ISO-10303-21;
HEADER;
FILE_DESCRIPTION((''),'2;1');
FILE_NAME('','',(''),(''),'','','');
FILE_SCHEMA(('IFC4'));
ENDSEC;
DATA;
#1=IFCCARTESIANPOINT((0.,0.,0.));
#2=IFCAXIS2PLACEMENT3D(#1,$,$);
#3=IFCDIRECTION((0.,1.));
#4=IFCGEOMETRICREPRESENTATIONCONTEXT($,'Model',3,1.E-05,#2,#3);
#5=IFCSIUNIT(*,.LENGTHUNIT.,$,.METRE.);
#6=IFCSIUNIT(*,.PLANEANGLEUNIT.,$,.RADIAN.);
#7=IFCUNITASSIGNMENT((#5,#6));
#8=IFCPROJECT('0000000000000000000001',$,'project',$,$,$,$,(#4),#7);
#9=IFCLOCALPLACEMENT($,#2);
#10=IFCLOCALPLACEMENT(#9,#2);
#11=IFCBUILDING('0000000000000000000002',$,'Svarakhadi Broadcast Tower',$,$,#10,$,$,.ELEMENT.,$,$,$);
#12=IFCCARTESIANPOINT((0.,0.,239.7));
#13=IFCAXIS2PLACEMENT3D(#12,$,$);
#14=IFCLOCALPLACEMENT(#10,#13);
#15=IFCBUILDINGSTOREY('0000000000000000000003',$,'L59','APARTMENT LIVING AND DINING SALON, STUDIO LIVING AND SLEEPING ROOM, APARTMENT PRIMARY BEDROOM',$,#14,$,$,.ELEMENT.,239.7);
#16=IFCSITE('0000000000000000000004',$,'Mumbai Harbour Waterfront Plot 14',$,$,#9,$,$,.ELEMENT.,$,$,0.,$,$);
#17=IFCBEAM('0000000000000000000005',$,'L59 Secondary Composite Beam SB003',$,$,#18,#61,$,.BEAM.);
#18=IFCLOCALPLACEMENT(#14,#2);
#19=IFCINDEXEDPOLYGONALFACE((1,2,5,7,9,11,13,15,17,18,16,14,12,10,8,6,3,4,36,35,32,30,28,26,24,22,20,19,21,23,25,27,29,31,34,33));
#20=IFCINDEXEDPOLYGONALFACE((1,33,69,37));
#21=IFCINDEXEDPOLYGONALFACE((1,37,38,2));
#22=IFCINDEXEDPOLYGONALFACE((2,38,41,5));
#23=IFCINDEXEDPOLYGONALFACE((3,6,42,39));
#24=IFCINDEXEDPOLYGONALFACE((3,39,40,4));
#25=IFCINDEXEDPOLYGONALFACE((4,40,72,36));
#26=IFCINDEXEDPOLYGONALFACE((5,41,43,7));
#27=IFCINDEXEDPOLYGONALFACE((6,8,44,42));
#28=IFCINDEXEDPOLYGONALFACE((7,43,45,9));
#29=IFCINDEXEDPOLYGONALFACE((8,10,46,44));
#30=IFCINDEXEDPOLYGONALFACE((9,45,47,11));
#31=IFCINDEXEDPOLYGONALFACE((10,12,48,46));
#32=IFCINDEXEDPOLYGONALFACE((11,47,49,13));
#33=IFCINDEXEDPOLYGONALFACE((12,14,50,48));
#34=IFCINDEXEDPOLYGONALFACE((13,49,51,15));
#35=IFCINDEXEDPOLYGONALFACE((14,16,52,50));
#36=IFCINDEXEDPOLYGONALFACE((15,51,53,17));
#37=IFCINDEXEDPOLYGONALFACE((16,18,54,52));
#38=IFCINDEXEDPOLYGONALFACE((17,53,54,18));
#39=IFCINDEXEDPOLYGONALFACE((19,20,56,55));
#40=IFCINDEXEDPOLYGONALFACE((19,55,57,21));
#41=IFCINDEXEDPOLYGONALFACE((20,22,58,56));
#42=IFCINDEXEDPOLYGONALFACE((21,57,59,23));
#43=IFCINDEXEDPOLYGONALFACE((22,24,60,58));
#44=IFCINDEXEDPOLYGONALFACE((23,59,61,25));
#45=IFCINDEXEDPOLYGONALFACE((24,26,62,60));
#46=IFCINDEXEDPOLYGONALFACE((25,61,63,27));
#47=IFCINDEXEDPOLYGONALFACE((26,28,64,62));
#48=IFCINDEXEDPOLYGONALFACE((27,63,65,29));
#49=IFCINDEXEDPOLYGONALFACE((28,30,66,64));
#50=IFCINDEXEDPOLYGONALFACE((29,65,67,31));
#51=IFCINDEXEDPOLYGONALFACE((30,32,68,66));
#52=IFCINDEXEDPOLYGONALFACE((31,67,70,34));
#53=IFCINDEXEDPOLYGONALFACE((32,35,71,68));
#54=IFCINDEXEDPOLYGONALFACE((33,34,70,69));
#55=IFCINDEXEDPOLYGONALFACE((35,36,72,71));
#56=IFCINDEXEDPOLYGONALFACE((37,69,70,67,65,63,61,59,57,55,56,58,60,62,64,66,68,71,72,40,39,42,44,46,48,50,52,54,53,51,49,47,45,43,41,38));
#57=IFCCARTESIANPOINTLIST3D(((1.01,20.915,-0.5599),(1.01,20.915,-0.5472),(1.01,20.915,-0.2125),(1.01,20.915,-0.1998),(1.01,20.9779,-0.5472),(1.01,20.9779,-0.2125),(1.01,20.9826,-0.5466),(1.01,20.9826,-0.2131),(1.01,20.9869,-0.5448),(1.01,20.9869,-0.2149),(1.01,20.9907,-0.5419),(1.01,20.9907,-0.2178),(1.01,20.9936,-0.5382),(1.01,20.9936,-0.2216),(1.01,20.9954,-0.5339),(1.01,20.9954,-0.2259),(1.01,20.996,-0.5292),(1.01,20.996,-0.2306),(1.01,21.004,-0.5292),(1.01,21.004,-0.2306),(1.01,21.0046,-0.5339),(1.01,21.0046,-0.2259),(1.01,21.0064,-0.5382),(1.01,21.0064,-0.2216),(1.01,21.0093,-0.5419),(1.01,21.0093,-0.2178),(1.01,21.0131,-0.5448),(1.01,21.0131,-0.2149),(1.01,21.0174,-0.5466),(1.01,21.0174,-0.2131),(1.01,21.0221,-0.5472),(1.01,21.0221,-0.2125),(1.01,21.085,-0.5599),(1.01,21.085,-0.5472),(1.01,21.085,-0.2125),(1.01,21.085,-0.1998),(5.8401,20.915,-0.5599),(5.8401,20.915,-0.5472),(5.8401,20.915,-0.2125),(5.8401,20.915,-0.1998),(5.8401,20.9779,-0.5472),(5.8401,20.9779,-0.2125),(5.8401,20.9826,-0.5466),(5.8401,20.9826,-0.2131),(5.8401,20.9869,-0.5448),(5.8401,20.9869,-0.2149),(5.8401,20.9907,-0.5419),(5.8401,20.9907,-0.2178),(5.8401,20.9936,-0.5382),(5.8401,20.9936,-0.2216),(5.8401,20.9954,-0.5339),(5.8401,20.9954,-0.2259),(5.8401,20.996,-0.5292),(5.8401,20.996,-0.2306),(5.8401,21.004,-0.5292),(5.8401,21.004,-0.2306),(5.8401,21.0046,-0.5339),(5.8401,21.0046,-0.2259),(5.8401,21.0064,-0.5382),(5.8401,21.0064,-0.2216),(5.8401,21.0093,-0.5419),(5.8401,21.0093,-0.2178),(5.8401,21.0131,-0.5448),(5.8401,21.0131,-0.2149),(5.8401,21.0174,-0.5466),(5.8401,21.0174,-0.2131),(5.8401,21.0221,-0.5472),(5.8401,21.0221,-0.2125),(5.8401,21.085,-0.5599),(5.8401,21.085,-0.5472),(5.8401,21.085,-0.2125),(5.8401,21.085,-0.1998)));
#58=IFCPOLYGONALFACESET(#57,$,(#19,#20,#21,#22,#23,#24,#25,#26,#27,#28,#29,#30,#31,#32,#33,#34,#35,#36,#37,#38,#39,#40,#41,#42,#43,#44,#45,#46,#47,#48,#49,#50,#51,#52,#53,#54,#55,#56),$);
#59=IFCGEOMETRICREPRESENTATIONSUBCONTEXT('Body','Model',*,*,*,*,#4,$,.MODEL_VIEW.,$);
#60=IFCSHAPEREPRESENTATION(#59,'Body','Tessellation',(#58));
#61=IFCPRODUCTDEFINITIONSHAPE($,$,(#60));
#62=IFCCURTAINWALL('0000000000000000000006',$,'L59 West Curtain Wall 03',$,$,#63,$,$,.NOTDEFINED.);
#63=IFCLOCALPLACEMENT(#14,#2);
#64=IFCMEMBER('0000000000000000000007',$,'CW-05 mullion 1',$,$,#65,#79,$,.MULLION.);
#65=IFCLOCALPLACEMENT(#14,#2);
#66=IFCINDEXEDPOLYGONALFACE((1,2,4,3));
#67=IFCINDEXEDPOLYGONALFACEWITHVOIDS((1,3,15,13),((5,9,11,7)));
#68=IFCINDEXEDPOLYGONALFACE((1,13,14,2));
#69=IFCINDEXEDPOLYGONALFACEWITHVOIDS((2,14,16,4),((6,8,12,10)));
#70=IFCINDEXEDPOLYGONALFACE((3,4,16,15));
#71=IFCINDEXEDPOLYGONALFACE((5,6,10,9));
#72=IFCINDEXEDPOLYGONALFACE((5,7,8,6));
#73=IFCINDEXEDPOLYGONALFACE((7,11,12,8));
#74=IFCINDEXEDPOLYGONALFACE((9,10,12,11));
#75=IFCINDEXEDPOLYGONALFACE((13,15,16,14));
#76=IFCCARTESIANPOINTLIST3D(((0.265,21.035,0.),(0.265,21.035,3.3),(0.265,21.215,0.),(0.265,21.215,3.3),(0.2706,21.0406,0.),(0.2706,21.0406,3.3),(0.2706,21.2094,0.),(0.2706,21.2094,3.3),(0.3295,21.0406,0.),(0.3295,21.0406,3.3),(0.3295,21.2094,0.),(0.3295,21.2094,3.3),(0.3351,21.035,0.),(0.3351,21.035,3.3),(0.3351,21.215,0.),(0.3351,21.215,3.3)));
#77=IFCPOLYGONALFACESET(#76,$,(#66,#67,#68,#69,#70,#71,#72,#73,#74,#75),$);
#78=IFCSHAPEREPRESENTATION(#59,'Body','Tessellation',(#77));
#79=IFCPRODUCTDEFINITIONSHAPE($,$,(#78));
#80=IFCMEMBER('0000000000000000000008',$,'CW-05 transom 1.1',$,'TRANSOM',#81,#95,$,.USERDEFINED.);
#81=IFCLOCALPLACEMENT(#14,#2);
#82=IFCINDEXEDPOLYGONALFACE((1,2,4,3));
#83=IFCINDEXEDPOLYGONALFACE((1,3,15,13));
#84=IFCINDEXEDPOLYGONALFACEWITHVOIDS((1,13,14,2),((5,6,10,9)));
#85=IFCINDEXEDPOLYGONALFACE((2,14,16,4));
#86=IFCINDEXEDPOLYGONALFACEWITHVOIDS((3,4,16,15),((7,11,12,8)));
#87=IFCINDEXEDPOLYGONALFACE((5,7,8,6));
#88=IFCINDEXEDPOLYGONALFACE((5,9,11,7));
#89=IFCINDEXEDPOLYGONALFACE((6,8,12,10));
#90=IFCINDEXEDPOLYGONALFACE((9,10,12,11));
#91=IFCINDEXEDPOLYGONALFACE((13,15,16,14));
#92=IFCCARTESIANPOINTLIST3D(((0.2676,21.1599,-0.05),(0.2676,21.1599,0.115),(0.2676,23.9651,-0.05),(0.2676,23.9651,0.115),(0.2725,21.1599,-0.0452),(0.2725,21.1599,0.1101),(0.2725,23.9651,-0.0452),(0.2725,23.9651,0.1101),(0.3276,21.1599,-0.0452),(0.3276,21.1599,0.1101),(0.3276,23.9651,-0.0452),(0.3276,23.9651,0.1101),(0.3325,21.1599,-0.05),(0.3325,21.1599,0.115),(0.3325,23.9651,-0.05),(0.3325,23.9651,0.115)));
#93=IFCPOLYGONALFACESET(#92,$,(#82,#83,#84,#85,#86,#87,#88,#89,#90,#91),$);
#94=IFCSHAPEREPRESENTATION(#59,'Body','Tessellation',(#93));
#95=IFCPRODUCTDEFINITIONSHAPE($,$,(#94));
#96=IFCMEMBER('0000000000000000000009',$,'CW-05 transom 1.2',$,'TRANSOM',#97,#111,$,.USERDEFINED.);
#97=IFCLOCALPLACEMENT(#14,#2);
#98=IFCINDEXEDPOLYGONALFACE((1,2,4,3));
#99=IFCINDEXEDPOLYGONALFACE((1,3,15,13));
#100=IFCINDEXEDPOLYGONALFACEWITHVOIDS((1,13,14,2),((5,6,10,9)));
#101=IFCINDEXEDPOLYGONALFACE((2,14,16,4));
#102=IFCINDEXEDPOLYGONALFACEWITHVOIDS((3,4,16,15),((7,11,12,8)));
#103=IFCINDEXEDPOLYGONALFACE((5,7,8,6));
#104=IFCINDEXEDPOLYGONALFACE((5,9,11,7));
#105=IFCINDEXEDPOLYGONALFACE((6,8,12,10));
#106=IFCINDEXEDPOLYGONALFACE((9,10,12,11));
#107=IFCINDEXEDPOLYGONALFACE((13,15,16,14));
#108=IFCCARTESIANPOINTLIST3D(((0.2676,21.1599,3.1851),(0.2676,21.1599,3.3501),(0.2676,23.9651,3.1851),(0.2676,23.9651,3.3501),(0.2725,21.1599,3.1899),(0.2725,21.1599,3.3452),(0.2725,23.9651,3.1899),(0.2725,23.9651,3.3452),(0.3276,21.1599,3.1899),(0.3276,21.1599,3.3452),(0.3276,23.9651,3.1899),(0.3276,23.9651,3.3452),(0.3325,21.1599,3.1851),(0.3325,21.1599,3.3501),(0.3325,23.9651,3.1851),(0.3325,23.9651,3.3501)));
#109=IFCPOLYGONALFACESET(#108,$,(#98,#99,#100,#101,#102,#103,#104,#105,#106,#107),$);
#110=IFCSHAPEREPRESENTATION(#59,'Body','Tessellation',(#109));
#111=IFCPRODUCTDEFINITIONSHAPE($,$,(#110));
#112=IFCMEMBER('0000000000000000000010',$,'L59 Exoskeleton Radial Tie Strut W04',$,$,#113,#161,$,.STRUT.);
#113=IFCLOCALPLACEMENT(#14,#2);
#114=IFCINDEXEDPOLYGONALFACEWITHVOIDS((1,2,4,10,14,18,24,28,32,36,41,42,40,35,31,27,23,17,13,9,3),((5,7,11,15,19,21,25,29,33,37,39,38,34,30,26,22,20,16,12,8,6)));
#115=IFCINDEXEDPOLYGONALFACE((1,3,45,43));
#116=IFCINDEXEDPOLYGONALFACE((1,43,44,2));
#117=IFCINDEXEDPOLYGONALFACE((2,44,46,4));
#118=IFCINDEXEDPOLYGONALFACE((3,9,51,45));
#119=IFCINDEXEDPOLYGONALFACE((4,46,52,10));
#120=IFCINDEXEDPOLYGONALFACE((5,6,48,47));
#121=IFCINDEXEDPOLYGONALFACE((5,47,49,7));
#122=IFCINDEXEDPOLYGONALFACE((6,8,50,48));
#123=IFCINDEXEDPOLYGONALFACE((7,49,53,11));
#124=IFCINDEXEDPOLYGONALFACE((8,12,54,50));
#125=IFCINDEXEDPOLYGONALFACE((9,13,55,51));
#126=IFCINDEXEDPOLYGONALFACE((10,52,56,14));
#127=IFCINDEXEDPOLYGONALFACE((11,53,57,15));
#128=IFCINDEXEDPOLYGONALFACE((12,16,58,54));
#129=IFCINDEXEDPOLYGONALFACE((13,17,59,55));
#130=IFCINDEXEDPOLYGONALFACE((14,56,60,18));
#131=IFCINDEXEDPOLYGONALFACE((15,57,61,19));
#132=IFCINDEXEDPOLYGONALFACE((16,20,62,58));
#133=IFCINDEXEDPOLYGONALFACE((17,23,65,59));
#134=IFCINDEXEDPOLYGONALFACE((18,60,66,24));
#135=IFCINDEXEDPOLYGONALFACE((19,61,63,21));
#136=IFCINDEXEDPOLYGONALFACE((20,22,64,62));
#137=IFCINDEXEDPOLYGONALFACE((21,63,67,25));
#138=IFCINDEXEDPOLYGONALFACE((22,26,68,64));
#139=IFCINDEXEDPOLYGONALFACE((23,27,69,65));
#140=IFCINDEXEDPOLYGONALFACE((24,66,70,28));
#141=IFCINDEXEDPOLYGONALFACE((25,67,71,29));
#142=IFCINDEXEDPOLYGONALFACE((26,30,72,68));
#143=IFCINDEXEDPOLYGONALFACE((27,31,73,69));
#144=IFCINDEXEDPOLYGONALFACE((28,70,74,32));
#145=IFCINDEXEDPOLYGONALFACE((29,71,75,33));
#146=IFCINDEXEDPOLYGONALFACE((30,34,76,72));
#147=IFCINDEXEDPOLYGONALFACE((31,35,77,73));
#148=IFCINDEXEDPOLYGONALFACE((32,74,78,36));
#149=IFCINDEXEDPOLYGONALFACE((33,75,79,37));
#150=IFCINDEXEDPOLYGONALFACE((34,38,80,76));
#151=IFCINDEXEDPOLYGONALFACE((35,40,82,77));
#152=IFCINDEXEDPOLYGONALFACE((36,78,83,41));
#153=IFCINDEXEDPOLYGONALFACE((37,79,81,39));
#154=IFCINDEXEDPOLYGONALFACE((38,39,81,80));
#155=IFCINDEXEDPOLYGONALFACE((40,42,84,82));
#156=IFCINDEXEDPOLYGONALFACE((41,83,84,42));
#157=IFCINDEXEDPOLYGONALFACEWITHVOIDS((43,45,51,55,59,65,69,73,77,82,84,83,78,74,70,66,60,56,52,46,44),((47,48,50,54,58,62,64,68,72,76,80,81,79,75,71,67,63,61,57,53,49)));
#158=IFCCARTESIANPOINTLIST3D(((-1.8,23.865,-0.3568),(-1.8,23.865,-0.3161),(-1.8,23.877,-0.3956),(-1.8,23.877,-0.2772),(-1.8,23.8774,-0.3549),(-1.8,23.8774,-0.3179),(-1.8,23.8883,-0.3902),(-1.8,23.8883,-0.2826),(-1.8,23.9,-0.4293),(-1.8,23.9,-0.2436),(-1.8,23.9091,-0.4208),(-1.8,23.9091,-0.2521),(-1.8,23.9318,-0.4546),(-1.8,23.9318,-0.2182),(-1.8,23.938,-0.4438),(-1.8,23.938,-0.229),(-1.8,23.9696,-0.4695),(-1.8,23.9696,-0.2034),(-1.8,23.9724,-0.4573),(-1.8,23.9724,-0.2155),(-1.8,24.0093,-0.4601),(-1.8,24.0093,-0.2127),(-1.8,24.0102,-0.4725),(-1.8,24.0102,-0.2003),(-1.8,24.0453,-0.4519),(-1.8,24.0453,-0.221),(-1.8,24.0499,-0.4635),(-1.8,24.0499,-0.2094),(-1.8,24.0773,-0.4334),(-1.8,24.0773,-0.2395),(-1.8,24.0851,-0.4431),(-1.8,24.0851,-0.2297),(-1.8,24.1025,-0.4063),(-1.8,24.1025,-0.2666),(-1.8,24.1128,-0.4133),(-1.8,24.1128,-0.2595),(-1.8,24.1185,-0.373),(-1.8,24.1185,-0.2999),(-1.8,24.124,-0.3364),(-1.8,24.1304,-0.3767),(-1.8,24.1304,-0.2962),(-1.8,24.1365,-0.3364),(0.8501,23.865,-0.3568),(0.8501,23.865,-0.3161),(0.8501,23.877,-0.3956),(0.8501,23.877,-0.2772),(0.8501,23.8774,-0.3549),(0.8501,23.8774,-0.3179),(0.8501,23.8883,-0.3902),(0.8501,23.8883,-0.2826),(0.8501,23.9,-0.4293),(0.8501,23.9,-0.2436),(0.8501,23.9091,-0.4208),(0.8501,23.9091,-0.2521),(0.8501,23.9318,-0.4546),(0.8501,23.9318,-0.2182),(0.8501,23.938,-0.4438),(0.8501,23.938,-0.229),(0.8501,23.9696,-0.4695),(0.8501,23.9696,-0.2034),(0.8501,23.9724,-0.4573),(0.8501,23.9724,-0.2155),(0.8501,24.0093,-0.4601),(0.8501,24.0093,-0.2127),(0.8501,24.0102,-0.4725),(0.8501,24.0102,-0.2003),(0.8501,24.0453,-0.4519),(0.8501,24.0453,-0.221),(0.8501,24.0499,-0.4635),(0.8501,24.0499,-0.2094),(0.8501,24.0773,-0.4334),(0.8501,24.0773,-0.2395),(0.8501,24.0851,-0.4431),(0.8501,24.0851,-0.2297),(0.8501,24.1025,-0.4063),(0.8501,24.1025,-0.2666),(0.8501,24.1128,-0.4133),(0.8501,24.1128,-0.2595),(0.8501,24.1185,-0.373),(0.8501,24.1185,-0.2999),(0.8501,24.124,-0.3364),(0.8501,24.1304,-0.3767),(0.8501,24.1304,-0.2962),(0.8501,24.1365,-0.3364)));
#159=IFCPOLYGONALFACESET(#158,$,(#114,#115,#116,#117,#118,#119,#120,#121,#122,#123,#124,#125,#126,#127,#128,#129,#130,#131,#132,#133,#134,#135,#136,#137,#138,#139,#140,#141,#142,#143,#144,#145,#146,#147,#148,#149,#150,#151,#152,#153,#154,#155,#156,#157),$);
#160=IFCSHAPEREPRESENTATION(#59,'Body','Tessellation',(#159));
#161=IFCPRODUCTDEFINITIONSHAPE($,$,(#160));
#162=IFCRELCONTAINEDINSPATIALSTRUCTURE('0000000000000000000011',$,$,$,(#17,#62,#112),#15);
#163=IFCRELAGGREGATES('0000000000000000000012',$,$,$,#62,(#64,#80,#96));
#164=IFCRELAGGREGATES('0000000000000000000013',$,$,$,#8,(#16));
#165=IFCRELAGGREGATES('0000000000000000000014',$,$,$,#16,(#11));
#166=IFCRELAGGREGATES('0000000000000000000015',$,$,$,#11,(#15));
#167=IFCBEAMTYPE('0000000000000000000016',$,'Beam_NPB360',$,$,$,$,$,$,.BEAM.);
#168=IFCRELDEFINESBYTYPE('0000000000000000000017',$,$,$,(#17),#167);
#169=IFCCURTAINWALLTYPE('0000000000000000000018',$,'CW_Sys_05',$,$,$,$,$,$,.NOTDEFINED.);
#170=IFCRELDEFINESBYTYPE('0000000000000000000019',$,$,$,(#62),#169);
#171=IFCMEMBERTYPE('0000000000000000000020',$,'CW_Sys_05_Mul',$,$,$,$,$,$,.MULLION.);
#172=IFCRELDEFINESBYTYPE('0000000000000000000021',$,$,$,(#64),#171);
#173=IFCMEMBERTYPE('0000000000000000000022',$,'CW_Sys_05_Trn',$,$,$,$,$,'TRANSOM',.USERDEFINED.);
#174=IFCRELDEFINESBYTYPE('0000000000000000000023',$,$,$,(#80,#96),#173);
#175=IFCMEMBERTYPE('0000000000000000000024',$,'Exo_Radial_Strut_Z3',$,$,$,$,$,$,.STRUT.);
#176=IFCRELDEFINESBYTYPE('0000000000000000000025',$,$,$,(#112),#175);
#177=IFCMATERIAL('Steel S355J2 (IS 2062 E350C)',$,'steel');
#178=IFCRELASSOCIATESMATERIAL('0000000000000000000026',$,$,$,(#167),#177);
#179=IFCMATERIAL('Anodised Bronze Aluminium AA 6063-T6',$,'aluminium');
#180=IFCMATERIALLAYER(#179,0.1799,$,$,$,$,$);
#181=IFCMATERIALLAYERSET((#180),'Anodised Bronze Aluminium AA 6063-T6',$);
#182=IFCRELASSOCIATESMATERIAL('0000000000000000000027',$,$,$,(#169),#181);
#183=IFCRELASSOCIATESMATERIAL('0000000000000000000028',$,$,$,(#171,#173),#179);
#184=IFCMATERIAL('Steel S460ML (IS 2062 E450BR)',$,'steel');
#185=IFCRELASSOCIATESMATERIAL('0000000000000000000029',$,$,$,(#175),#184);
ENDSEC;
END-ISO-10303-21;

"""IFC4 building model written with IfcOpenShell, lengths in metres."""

from ifc_helpers import new_model, si_unit, direction, frame, origin, origin_2d, place, context, subcontext, project, spatial, hollow_rectangle, hollow_circle, i_section, extrude, material, layer, layer_set, material_profile, profile_set, type_object, element, aggregate, save


model = new_model("IFC4")

# Units and contexts
model_context = context("Model", 3, precision=1e-05, world=origin(), true_north=direction((0.0, 1.0)))
body_context = subcontext(model_context, "Body", "Model", "MODEL_VIEW")
ifc_project = project(units=[si_unit("LENGTHUNIT", "METRE"), si_unit("PLANEANGLEUNIT", "RADIAN")], contexts=[model_context])

# Site, building, storey
site_placement = place(None, origin())
site = spatial("IfcSite", under=ifc_project, at=site_placement, Name="Mumbai Harbour Waterfront Plot 14", CompositionType="ELEMENT", RefElevation=0.0)
building_placement = place(site_placement, origin())
building = spatial("IfcBuilding", under=site, at=building_placement, Name="Svarakhadi Broadcast Tower", CompositionType="ELEMENT")
storey_placement = place(building_placement, frame((0.0, 0.0, 239.7)))
storey = spatial("IfcBuildingStorey", under=building, at=storey_placement, Name="L59", Description="APARTMENT LIVING AND DINING SALON, STUDIO LIVING AND SLEEPING ROOM, APARTMENT PRIMARY BEDROOM", CompositionType="ELEMENT", Elevation=239.7)

# Shared definitions
ifc_material_1 = material(Name="Steel S460ML (IS 2062 E450BR)", Category="steel")

# Beam
ifc_material_2 = material(Name="Steel S355J2 (IS 2062 E350C)", Category="steel")
ifc_material_profile_1 = material_profile(ifc_material_2, i_section(OverallWidth=0.1699, OverallDepth=0.3601, WebThickness=0.0081, FlangeThickness=0.0127, FilletRadius=0.0181, at=origin_2d()), Name="NPB 360x170x57")
ifc_profile_set_1 = profile_set([ifc_material_profile_1], Name="Steel S355J2 (IS 2062 E350C)")
beam_type_1 = type_object("IfcBeamType", Name="Beam_NPB360", PredefinedType="BEAM", material=ifc_profile_set_1)
for number, where, z_axis, x_axis, name in (
    (1, (1.01, 21.0, -0.3799), (1.0, 0.0, 0.0), (0.0, 1.0, 0.0), "L59 Secondary Composite Beam SB003"),
):
    element("IfcBeam", number, at=place(storey_placement, frame(where, z_axis=z_axis, x_axis=x_axis)), inside=storey, type_object=beam_type_1, Name=name, PredefinedType="BEAM", context=body_context, shape_type="SweptSolid", body=[
        extrude(i_section(OverallWidth=0.1699, OverallDepth=0.3601, WebThickness=0.0081, FlangeThickness=0.0127, FilletRadius=0.0181, at=origin_2d()), origin(), (0.0, 0.0, 1.0), 4.8301),
    ])

# Curtain wall, members
ifc_material_3 = material(Name="Anodised Bronze Aluminium AA 6063-T6", Category="aluminium")
ifc_layer_1 = layer(ifc_material_3, 0.1799)
ifc_layer_set_1 = layer_set([ifc_layer_1], Name="Anodised Bronze Aluminium AA 6063-T6")
curtain_wall_type = type_object("IfcCurtainWallType", Name="CW_Sys_05", PredefinedType="NOTDEFINED", material=ifc_layer_set_1)
curtain_wall_placement = place(storey_placement, origin())
curtain_wall = element("IfcCurtainWall", 2, at=curtain_wall_placement, inside=storey, type_object=curtain_wall_type, Name="L59 West Curtain Wall 03", PredefinedType="NOTDEFINED")
ifc_material_profile_2 = material_profile(ifc_material_3, hollow_rectangle(XDim=0.0701, YDim=0.1799, WallThickness=0.0056, at=origin_2d()), Name="ALU MULLION 180x70x6")
ifc_profile_set_2 = profile_set([ifc_material_profile_2], Name="Anodised Bronze Aluminium AA 6063-T6")
member_type_1 = type_object("IfcMemberType", Name="CW_Sys_05_Mul", PredefinedType="MULLION", material=ifc_profile_set_2)
member_1_placement = place(storey_placement, frame((0.3, 21.125, 0.0), z_axis=(0.0, 0.0, 1.0), x_axis=(-1.0, 0.0, 0.0)))
member_1 = element("IfcMember", 3, at=member_1_placement, type_object=member_type_1, Name="CW-05 mullion 1", PredefinedType="MULLION", context=body_context, shape_type="SweptSolid", body=[
    extrude(hollow_rectangle(XDim=0.0701, YDim=0.1799, WallThickness=0.0056, at=origin_2d()), origin(), (0.0, 0.0, 1.0), 3.3),
])
ifc_material_profile_3 = material_profile(ifc_material_3, hollow_rectangle(XDim=0.0649, YDim=0.165, WallThickness=0.0049, at=origin_2d()), Name="ALU TRANSOM 165x65x5")
ifc_profile_set_3 = profile_set([ifc_material_profile_3], Name="Anodised Bronze Aluminium AA 6063-T6")
member_type_2 = type_object("IfcMemberType", Name="CW_Sys_05_Trn", ElementType="TRANSOM", PredefinedType="USERDEFINED", material=ifc_profile_set_3)
member_2_placement = place(storey_placement, frame((0.3, 21.1599, 0.0325), z_axis=(0.0, 1.0, 0.0), x_axis=(-1.0, 0.0, 0.0)))
member_2 = element("IfcMember", 4, at=member_2_placement, type_object=member_type_2, Name="CW-05 transom 1.1", ObjectType="TRANSOM", PredefinedType="USERDEFINED", context=body_context, shape_type="SweptSolid", body=[
    extrude(hollow_rectangle(XDim=0.0649, YDim=0.165, WallThickness=0.0049, at=origin_2d()), origin(), (0.0, 0.0, 1.0), 2.8052),
])
member_3_placement = place(storey_placement, frame((0.3, 21.1599, 3.2676), z_axis=(0.0, 1.0, 0.0), x_axis=(-1.0, 0.0, 0.0)))
member_3 = element("IfcMember", 5, at=member_3_placement, type_object=member_type_2, Name="CW-05 transom 1.2", ObjectType="TRANSOM", PredefinedType="USERDEFINED", context=body_context, shape_type="SweptSolid", body=[
    extrude(hollow_rectangle(XDim=0.0649, YDim=0.165, WallThickness=0.0049, at=origin_2d()), origin(), (0.0, 0.0, 1.0), 2.8052),
])

# Member
ifc_material_profile_4 = material_profile(ifc_material_1, hollow_circle(Radius=0.1365, WallThickness=0.0125, at=origin_2d()), Name="CHS 273x12.5")
ifc_profile_set_4 = profile_set([ifc_material_profile_4], Name="Steel S460ML (IS 2062 E450BR)")
member_type_3 = type_object("IfcMemberType", Name="Exo_Radial_Strut_Z3", PredefinedType="STRUT", material=ifc_profile_set_4)
member_4_placement = place(storey_placement, frame((-1.8, 24.0, -0.3364), z_axis=(1.0, 0.0, 0.0), x_axis=(0.0, 1.0, 0.0)))
element("IfcMember", 6, at=member_4_placement, inside=storey, type_object=member_type_3, Name="L59 Exoskeleton Radial Tie Strut W04", PredefinedType="STRUT", context=body_context, shape_type="SweptSolid", body=[
    extrude(hollow_circle(Radius=0.1365, WallThickness=0.0125, at=origin_2d()), origin(), (0.0, 0.0, 1.0), 2.6501),
])

aggregate(curtain_wall, [member_1, member_2, member_3])

save(model, "model.ifc")
